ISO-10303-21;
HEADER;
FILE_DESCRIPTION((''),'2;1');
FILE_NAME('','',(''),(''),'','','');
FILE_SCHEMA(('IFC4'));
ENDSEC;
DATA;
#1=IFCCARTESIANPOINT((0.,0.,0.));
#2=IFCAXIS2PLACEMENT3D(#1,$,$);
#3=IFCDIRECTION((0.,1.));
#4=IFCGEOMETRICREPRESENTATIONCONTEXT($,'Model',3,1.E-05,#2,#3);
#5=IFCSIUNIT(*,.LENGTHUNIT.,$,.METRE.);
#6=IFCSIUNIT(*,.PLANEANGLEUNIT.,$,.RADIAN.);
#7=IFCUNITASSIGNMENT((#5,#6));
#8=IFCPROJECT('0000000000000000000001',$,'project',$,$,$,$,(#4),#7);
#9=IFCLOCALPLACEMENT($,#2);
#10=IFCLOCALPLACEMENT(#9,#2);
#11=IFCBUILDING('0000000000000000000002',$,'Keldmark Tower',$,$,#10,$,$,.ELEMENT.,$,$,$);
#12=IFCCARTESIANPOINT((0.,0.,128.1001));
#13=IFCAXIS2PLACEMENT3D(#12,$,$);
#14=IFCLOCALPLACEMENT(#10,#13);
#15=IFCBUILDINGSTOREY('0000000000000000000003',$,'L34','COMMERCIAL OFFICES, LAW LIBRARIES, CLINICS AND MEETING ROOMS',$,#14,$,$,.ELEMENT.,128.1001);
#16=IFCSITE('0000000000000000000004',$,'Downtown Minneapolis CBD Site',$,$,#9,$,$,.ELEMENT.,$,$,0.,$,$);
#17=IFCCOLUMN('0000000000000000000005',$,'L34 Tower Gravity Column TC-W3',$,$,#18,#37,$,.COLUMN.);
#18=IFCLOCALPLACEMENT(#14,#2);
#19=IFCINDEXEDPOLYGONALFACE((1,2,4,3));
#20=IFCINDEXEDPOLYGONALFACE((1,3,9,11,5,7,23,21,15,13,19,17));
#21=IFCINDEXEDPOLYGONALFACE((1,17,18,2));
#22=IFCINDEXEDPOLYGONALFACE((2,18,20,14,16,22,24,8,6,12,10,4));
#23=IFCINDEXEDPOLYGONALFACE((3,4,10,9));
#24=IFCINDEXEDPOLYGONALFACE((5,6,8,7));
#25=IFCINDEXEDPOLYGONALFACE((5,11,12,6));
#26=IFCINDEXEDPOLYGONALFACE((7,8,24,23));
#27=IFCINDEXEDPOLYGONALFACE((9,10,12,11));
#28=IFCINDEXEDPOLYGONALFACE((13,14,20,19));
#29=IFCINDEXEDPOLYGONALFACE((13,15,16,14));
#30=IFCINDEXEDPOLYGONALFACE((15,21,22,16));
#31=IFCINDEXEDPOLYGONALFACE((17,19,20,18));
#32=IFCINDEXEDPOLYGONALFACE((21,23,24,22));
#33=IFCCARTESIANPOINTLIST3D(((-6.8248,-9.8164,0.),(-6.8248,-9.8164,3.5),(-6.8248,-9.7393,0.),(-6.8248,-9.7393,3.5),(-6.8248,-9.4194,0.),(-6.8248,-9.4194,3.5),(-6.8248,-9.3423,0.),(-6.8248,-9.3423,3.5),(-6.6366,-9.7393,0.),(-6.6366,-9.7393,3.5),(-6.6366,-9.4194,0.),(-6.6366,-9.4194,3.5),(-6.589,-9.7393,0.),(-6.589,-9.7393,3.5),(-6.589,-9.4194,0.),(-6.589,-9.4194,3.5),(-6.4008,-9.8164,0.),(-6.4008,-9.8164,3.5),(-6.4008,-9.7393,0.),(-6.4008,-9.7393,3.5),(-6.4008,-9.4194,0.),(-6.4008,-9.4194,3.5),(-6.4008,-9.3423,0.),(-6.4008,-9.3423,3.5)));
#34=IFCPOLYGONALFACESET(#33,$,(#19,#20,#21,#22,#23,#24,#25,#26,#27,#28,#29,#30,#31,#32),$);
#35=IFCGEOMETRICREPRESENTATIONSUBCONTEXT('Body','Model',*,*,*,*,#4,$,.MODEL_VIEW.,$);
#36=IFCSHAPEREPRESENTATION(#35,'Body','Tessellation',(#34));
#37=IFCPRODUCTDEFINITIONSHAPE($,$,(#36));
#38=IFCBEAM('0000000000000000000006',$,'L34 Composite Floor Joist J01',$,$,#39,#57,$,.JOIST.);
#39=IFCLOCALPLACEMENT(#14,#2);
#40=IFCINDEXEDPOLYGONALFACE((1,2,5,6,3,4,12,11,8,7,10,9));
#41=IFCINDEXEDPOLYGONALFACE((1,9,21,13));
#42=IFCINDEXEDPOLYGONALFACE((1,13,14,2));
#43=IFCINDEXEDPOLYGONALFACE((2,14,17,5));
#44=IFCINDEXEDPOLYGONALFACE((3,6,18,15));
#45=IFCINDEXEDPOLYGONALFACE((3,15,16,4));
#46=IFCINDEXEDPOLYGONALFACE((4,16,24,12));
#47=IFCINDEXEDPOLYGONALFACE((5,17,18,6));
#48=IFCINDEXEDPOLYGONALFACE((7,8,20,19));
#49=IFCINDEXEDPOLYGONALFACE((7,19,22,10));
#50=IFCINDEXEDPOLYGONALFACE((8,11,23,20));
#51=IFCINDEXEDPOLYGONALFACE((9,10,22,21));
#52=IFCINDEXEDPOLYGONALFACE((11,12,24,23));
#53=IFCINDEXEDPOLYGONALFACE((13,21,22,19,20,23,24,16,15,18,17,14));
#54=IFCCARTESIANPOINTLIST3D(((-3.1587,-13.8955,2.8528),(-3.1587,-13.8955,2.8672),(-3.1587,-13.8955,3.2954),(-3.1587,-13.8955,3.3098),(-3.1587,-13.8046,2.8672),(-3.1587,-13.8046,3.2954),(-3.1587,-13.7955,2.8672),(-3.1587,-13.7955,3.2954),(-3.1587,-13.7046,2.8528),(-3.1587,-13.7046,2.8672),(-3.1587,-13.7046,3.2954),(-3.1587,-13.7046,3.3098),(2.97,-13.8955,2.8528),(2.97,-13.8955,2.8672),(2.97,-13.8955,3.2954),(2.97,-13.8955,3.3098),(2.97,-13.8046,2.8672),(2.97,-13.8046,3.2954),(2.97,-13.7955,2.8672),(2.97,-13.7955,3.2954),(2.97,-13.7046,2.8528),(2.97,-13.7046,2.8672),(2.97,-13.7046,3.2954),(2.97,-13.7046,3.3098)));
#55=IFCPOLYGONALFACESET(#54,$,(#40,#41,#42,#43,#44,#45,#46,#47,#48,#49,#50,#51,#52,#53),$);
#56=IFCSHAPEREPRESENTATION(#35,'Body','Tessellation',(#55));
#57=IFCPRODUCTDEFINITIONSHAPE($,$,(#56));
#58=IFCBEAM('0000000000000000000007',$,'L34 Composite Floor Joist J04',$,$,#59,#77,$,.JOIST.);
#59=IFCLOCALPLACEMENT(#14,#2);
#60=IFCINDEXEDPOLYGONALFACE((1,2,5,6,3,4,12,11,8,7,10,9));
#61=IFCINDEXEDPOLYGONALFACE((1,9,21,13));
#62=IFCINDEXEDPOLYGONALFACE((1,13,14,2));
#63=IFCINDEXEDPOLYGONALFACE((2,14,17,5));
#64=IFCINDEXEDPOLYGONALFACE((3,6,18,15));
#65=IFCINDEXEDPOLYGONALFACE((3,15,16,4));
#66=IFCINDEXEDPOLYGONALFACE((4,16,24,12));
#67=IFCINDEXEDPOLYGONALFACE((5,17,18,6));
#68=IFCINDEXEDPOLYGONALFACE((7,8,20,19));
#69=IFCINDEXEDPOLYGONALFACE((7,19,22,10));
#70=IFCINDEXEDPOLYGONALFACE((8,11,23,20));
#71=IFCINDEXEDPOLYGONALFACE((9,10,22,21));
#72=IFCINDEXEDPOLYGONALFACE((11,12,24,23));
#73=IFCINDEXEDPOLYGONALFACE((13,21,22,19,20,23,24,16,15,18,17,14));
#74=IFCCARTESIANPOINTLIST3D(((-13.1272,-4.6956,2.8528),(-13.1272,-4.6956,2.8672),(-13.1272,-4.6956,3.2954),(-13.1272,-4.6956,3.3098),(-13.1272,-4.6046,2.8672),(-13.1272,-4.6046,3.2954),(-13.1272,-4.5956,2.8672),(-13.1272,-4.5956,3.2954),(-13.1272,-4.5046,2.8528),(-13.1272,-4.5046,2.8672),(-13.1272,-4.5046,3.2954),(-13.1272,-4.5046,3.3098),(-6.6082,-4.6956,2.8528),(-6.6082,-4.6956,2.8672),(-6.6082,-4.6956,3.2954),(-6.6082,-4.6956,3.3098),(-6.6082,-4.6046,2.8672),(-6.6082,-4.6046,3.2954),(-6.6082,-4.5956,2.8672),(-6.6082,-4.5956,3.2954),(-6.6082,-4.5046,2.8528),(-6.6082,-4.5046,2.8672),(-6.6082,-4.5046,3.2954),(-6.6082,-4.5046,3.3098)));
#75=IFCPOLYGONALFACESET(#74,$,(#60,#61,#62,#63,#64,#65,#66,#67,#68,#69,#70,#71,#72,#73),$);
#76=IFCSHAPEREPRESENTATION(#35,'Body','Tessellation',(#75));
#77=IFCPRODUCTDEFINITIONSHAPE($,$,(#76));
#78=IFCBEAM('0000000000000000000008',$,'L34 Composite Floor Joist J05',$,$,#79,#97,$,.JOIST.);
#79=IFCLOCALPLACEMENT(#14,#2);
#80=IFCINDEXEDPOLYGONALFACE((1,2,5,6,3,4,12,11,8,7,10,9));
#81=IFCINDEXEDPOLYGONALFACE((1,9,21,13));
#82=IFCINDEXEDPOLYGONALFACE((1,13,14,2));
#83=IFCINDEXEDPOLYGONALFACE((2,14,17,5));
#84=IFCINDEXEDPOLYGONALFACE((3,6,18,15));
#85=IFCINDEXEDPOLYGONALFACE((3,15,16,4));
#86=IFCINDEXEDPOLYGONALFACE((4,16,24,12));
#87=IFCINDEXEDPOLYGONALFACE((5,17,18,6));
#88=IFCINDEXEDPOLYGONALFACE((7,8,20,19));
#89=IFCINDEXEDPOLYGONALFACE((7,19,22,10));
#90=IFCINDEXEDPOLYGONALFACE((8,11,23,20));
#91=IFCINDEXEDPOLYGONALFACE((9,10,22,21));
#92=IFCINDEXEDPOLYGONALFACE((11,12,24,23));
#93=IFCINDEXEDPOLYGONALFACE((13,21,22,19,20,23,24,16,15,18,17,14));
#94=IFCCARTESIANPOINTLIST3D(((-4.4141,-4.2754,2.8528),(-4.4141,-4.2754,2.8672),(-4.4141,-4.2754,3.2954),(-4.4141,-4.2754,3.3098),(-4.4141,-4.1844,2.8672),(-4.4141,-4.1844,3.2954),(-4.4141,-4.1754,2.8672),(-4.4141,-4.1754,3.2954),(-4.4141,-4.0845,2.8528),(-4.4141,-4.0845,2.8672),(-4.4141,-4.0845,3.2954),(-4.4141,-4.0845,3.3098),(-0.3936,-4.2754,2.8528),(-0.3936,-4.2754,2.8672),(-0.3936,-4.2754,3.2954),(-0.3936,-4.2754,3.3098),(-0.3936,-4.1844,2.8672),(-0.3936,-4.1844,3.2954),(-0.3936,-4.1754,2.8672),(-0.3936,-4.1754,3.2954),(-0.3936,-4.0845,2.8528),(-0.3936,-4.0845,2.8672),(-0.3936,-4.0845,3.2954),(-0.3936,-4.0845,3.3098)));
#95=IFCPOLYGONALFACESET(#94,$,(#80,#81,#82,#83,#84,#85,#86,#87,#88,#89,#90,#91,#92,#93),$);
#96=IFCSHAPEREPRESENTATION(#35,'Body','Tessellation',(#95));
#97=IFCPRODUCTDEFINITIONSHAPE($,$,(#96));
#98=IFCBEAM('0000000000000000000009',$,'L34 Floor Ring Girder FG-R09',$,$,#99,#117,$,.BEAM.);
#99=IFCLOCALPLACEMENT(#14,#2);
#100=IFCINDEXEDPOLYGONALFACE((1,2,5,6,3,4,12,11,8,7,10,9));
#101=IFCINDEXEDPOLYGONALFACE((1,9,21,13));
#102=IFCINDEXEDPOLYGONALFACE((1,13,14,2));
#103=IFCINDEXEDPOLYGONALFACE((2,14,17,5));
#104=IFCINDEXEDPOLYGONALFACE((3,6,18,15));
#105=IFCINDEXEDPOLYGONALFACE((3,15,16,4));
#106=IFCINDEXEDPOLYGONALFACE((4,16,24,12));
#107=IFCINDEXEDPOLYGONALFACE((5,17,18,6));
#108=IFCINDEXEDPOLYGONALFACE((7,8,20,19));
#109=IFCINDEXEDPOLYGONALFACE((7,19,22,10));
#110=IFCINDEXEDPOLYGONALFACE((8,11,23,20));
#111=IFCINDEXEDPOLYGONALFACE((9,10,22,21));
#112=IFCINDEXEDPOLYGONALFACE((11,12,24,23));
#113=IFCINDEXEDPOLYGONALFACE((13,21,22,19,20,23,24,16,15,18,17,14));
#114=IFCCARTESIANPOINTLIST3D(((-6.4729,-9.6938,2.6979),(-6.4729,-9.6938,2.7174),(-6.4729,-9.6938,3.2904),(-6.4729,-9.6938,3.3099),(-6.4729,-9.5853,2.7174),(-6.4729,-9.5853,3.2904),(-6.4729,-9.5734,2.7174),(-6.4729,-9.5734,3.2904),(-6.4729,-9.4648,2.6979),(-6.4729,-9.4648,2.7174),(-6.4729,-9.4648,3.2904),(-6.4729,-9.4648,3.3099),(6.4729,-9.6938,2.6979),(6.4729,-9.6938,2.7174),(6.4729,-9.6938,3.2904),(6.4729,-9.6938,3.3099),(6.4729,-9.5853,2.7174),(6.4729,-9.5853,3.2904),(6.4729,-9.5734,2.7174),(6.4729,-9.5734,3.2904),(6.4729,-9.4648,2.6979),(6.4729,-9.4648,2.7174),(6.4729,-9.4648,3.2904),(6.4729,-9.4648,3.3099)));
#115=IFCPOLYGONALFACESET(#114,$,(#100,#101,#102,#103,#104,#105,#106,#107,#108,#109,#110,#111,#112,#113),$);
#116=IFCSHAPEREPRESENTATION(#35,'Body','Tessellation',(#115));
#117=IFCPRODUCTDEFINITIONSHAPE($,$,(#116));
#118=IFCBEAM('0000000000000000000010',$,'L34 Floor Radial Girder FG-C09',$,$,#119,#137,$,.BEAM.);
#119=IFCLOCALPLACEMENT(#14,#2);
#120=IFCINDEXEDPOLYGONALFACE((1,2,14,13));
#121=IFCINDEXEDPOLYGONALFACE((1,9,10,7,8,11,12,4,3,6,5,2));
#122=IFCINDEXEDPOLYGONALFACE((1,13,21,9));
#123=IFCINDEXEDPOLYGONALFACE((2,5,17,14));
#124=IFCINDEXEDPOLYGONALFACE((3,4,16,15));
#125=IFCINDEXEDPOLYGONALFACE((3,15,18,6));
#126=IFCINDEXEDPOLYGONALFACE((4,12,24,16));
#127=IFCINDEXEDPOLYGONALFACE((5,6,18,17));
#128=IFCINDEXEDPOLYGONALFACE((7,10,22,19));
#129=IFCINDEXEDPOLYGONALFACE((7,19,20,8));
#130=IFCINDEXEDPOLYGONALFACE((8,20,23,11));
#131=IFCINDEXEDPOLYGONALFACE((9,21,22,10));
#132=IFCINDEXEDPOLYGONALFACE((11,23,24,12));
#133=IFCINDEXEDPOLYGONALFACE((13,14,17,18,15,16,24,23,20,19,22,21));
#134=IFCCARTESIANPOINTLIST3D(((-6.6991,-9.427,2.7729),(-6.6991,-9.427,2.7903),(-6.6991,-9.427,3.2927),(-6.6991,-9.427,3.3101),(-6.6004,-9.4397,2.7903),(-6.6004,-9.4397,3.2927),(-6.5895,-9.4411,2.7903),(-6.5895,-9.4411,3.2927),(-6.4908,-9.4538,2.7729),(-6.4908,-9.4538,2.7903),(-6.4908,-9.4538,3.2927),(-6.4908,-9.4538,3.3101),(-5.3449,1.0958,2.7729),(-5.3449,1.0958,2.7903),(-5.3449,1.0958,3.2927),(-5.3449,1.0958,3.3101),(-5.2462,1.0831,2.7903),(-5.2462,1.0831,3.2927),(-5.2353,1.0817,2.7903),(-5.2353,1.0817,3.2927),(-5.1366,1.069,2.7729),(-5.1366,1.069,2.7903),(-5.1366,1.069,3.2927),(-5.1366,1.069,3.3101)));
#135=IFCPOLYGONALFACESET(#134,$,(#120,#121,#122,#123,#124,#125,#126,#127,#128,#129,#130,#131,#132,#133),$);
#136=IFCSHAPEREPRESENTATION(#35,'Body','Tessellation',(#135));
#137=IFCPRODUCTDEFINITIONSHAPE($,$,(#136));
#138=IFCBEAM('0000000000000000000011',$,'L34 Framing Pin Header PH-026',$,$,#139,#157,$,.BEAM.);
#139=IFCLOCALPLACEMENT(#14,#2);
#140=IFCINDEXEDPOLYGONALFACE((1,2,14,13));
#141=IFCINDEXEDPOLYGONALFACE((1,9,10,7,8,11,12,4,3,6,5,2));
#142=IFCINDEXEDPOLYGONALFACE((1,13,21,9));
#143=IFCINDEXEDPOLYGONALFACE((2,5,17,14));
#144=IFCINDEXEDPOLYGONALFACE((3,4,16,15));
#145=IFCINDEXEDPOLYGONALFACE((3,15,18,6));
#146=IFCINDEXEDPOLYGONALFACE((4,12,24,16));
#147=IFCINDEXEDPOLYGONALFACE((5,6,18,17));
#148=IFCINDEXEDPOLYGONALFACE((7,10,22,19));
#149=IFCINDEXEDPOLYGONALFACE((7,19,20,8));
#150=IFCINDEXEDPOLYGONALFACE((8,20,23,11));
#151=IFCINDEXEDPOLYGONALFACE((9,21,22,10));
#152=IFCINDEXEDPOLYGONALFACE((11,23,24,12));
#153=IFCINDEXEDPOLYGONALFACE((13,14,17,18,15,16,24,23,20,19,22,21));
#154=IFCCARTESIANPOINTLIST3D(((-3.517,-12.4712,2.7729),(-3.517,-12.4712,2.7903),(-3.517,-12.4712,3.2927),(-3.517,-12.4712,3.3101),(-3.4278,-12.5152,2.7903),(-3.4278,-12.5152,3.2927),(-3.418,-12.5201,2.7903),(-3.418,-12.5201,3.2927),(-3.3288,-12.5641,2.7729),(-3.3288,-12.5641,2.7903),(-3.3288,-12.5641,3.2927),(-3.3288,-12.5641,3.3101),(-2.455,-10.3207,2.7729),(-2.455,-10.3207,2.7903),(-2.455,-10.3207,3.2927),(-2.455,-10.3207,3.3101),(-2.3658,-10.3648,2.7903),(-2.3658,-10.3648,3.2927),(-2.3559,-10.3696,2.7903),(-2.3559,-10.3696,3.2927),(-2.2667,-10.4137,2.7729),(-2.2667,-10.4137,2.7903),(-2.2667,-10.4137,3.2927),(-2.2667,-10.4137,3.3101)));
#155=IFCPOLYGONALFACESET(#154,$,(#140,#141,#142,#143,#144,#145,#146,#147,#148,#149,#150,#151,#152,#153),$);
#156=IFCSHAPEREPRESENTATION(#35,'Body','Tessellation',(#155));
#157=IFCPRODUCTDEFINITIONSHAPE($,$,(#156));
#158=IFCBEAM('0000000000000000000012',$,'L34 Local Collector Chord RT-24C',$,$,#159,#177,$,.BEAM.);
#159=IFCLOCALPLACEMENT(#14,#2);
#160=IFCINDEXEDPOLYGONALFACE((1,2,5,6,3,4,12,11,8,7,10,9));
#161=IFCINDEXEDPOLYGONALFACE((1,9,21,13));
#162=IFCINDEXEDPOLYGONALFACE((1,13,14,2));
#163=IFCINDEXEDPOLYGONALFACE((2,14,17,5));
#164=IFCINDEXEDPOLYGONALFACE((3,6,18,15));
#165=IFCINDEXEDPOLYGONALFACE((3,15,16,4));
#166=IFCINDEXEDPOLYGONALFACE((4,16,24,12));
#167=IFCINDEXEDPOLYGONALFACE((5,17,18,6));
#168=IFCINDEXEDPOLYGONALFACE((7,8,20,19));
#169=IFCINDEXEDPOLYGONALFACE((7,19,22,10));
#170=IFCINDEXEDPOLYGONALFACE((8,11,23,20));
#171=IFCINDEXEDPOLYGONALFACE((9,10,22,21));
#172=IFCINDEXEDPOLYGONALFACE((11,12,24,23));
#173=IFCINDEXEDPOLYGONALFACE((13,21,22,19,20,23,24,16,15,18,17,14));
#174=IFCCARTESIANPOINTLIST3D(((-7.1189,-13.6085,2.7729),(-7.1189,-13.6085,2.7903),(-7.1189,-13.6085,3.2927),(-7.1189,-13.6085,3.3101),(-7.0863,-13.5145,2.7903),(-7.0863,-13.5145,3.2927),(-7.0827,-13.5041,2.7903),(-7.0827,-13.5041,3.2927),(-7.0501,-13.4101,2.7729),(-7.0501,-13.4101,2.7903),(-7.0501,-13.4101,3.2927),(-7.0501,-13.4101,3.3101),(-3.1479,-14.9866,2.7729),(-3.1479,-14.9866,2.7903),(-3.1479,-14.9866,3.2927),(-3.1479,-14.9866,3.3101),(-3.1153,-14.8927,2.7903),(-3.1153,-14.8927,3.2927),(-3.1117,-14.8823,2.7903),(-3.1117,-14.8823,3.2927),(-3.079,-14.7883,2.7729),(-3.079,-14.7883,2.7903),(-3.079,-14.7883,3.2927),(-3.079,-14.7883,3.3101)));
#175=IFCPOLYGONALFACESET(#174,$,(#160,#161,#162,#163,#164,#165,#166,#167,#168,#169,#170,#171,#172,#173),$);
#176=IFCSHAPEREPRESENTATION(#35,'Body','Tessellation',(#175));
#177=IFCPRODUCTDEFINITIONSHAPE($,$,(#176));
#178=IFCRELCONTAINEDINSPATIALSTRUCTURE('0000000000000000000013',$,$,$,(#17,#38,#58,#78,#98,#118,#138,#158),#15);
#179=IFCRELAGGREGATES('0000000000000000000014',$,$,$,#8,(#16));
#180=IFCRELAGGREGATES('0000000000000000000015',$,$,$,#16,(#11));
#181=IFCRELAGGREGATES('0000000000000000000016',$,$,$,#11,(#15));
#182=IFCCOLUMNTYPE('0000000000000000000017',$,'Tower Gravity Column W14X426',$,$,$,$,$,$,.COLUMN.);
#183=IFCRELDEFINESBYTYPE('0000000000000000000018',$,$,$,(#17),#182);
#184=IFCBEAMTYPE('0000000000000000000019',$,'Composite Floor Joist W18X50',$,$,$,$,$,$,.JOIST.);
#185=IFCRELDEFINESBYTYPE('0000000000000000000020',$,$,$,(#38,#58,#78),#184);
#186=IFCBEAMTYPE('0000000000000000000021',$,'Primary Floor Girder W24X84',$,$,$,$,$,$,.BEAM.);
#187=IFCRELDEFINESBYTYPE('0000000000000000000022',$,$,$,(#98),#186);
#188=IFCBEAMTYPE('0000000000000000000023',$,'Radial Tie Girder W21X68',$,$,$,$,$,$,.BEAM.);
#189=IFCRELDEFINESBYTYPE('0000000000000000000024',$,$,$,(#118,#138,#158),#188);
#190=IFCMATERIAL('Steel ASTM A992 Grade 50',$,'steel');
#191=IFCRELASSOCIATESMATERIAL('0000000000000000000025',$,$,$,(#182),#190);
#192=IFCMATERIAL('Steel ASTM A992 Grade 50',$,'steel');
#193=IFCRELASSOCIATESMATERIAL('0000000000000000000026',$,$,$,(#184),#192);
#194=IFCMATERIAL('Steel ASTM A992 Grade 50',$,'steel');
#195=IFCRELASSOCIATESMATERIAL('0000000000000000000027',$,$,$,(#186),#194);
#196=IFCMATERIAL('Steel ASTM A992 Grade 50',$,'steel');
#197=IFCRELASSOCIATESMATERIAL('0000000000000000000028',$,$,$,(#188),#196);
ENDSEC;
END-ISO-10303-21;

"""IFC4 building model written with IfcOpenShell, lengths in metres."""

from ifc_helpers import new_model, si_unit, direction, frame, origin, origin_2d, place, context, subcontext, project, spatial, i_section, extrude, material, material_profile, profile_set, type_object, element, save


model = new_model("IFC4")

# Units and contexts
model_context = context("Model", 3, precision=1e-05, world=origin(), true_north=direction((0.0, 1.0)))
body_context = subcontext(model_context, "Body", "Model", "MODEL_VIEW")
ifc_project = project(units=[si_unit("LENGTHUNIT", "METRE"), si_unit("PLANEANGLEUNIT", "RADIAN")], contexts=[model_context])

# Site, building, storey
site_placement = place(None, origin())
site = spatial("IfcSite", under=ifc_project, at=site_placement, Name="Downtown Minneapolis CBD Site", CompositionType="ELEMENT", RefElevation=0.0)
building_placement = place(site_placement, origin())
building = spatial("IfcBuilding", under=site, at=building_placement, Name="Keldmark Tower", CompositionType="ELEMENT")
storey_placement = place(building_placement, frame((0.0, 0.0, 128.1001)))
storey = spatial("IfcBuildingStorey", under=building, at=storey_placement, Name="L34", Description="COMMERCIAL OFFICES, LAW LIBRARIES, CLINICS AND MEETING ROOMS", CompositionType="ELEMENT", Elevation=128.1001)

# Column
ifc_material_1 = material(Name="Steel ASTM A992 Grade 50", Category="steel")
ifc_material_profile_1 = material_profile(ifc_material_1, i_section(OverallWidth=0.4241, OverallDepth=0.4741, WebThickness=0.0476, FlangeThickness=0.0771, at=origin_2d()), Name="W14X426")
ifc_profile_set_1 = profile_set([ifc_material_profile_1], Name="Steel ASTM A992 Grade 50")
column_type = type_object("IfcColumnType", Name="Tower Gravity Column W14X426", PredefinedType="COLUMN", material=ifc_profile_set_1)
column_placement = place(storey_placement, frame((-6.6128, -9.5793, 0.0), z_axis=(0.0, 0.0, 1.0), x_axis=(1.0, 0.0, 0.0)))
element("IfcColumn", 1, at=column_placement, inside=storey, type_object=column_type, Name="L34 Tower Gravity Column TC-W3", PredefinedType="COLUMN", context=body_context, shape_type="SweptSolid", body=[
    extrude(i_section(OverallWidth=0.4241, OverallDepth=0.4741, WebThickness=0.0476, FlangeThickness=0.0771, at=origin_2d()), origin(), (0.0, 0.0, 1.0), 3.5),
])

# Beams
ifc_material_2 = material(Name="Steel ASTM A992 Grade 50", Category="steel")
ifc_material_profile_2 = material_profile(ifc_material_2, i_section(OverallWidth=0.1909, OverallDepth=0.457, WebThickness=0.009, FlangeThickness=0.0144, at=origin_2d()), Name="W18X50")
ifc_profile_set_2 = profile_set([ifc_material_profile_2], Name="Steel ASTM A992 Grade 50")
beam_type_1 = type_object("IfcBeamType", Name="Composite Floor Joist W18X50", PredefinedType="JOIST", material=ifc_profile_set_2)
beam_1_placement = place(storey_placement, frame((-3.1587, -13.8, 3.0813), z_axis=(1.0, 0.0, 0.0), x_axis=(0.0, 1.0, 0.0)))
element("IfcBeam", 2, at=beam_1_placement, inside=storey, type_object=beam_type_1, Name="L34 Composite Floor Joist J01", PredefinedType="JOIST", context=body_context, shape_type="SweptSolid", body=[
    extrude(i_section(OverallWidth=0.1909, OverallDepth=0.457, WebThickness=0.009, FlangeThickness=0.0144, at=origin_2d()), origin(), (0.0, 0.0, 1.0), 6.1287),
])
beam_2_placement = place(storey_placement, frame((-13.1272, -4.6001, 3.0813), z_axis=(1.0, 0.0, 0.0), x_axis=(0.0, 1.0, 0.0)))
element("IfcBeam", 3, at=beam_2_placement, inside=storey, type_object=beam_type_1, Name="L34 Composite Floor Joist J04", PredefinedType="JOIST", context=body_context, shape_type="SweptSolid", body=[
    extrude(i_section(OverallWidth=0.1909, OverallDepth=0.457, WebThickness=0.009, FlangeThickness=0.0144, at=origin_2d()), origin(), (0.0, 0.0, 1.0), 6.519),
])
beam_3_placement = place(storey_placement, frame((-4.4141, -4.1799, 3.0813), z_axis=(1.0, 0.0, 0.0), x_axis=(0.0, 1.0, 0.0)))
element("IfcBeam", 4, at=beam_3_placement, inside=storey, type_object=beam_type_1, Name="L34 Composite Floor Joist J05", PredefinedType="JOIST", context=body_context, shape_type="SweptSolid", body=[
    extrude(i_section(OverallWidth=0.1909, OverallDepth=0.457, WebThickness=0.009, FlangeThickness=0.0144, at=origin_2d()), origin(), (0.0, 0.0, 1.0), 4.0205),
])
ifc_material_3 = material(Name="Steel ASTM A992 Grade 50", Category="steel")
ifc_material_profile_3 = material_profile(ifc_material_3, i_section(OverallWidth=0.229, OverallDepth=0.6121, WebThickness=0.012, FlangeThickness=0.0195, at=origin_2d()), Name="W24X84")
ifc_profile_set_3 = profile_set([ifc_material_profile_3], Name="Steel ASTM A992 Grade 50")
beam_type_2 = type_object("IfcBeamType", Name="Primary Floor Girder W24X84", PredefinedType="BEAM", material=ifc_profile_set_3)
beam_4_placement = place(storey_placement, frame((-6.4729, -9.5793, 3.0039), z_axis=(1.0, 0.0, 0.0), x_axis=(0.0, 1.0, 0.0)))
element("IfcBeam", 5, at=beam_4_placement, inside=storey, type_object=beam_type_2, Name="L34 Floor Ring Girder FG-R09", PredefinedType="BEAM", context=body_context, shape_type="SweptSolid", body=[
    extrude(i_section(OverallWidth=0.229, OverallDepth=0.6121, WebThickness=0.012, FlangeThickness=0.0195, at=origin_2d()), origin(), (0.0, 0.0, 1.0), 12.9458),
])
ifc_material_4 = material(Name="Steel ASTM A992 Grade 50", Category="steel")
ifc_material_profile_4 = material_profile(ifc_material_4, i_section(OverallWidth=0.21, OverallDepth=0.5371, WebThickness=0.011, FlangeThickness=0.0173, at=origin_2d()), Name="W21X68")
ifc_profile_set_4 = profile_set([ifc_material_profile_4], Name="Steel ASTM A992 Grade 50")
beam_type_3 = type_object("IfcBeamType", Name="Radial Tie Girder W21X68", PredefinedType="BEAM", material=ifc_profile_set_4)
beam_5_placement = place(storey_placement, frame((-6.595, -9.4404, 3.0415), z_axis=(0.127642, 0.99182, 0.0), x_axis=(-0.99182, 0.127642, 0.0)))
element("IfcBeam", 6, at=beam_5_placement, inside=storey, type_object=beam_type_3, Name="L34 Floor Radial Girder FG-C09", PredefinedType="BEAM", context=body_context, shape_type="SweptSolid", body=[
    extrude(i_section(OverallWidth=0.21, OverallDepth=0.5371, WebThickness=0.011, FlangeThickness=0.0173, at=origin_2d()), origin(), (0.0, 0.0, 1.0), 10.6096),
])
beam_6_placement = place(storey_placement, frame((-2.3608, -10.3672, 3.0415), z_axis=(-0.442811, -0.896615, 0.0), x_axis=(0.896615, -0.442811, 0.0)))
element("IfcBeam", 7, at=beam_6_placement, inside=storey, type_object=beam_type_3, Name="L34 Framing Pin Header PH-026", PredefinedType="BEAM", context=body_context, shape_type="SweptSolid", body=[
    extrude(i_section(OverallWidth=0.21, OverallDepth=0.5371, WebThickness=0.011, FlangeThickness=0.0173, at=origin_2d()), origin(), (0.0, 0.0, 1.0), 2.3984),
])
beam_7_placement = place(storey_placement, frame((-7.0845, -13.5093, 3.0415), z_axis=(0.94472, -0.327879, 0.0), x_axis=(0.327879, 0.94472, 0.0)))
element("IfcBeam", 8, at=beam_7_placement, inside=storey, type_object=beam_type_3, Name="L34 Local Collector Chord RT-24C", PredefinedType="BEAM", context=body_context, shape_type="SweptSolid", body=[
    extrude(i_section(OverallWidth=0.21, OverallDepth=0.5371, WebThickness=0.011, FlangeThickness=0.0173, at=origin_2d()), origin(), (0.0, 0.0, 1.0), 4.2034),
])

save(model, "model.ifc")
